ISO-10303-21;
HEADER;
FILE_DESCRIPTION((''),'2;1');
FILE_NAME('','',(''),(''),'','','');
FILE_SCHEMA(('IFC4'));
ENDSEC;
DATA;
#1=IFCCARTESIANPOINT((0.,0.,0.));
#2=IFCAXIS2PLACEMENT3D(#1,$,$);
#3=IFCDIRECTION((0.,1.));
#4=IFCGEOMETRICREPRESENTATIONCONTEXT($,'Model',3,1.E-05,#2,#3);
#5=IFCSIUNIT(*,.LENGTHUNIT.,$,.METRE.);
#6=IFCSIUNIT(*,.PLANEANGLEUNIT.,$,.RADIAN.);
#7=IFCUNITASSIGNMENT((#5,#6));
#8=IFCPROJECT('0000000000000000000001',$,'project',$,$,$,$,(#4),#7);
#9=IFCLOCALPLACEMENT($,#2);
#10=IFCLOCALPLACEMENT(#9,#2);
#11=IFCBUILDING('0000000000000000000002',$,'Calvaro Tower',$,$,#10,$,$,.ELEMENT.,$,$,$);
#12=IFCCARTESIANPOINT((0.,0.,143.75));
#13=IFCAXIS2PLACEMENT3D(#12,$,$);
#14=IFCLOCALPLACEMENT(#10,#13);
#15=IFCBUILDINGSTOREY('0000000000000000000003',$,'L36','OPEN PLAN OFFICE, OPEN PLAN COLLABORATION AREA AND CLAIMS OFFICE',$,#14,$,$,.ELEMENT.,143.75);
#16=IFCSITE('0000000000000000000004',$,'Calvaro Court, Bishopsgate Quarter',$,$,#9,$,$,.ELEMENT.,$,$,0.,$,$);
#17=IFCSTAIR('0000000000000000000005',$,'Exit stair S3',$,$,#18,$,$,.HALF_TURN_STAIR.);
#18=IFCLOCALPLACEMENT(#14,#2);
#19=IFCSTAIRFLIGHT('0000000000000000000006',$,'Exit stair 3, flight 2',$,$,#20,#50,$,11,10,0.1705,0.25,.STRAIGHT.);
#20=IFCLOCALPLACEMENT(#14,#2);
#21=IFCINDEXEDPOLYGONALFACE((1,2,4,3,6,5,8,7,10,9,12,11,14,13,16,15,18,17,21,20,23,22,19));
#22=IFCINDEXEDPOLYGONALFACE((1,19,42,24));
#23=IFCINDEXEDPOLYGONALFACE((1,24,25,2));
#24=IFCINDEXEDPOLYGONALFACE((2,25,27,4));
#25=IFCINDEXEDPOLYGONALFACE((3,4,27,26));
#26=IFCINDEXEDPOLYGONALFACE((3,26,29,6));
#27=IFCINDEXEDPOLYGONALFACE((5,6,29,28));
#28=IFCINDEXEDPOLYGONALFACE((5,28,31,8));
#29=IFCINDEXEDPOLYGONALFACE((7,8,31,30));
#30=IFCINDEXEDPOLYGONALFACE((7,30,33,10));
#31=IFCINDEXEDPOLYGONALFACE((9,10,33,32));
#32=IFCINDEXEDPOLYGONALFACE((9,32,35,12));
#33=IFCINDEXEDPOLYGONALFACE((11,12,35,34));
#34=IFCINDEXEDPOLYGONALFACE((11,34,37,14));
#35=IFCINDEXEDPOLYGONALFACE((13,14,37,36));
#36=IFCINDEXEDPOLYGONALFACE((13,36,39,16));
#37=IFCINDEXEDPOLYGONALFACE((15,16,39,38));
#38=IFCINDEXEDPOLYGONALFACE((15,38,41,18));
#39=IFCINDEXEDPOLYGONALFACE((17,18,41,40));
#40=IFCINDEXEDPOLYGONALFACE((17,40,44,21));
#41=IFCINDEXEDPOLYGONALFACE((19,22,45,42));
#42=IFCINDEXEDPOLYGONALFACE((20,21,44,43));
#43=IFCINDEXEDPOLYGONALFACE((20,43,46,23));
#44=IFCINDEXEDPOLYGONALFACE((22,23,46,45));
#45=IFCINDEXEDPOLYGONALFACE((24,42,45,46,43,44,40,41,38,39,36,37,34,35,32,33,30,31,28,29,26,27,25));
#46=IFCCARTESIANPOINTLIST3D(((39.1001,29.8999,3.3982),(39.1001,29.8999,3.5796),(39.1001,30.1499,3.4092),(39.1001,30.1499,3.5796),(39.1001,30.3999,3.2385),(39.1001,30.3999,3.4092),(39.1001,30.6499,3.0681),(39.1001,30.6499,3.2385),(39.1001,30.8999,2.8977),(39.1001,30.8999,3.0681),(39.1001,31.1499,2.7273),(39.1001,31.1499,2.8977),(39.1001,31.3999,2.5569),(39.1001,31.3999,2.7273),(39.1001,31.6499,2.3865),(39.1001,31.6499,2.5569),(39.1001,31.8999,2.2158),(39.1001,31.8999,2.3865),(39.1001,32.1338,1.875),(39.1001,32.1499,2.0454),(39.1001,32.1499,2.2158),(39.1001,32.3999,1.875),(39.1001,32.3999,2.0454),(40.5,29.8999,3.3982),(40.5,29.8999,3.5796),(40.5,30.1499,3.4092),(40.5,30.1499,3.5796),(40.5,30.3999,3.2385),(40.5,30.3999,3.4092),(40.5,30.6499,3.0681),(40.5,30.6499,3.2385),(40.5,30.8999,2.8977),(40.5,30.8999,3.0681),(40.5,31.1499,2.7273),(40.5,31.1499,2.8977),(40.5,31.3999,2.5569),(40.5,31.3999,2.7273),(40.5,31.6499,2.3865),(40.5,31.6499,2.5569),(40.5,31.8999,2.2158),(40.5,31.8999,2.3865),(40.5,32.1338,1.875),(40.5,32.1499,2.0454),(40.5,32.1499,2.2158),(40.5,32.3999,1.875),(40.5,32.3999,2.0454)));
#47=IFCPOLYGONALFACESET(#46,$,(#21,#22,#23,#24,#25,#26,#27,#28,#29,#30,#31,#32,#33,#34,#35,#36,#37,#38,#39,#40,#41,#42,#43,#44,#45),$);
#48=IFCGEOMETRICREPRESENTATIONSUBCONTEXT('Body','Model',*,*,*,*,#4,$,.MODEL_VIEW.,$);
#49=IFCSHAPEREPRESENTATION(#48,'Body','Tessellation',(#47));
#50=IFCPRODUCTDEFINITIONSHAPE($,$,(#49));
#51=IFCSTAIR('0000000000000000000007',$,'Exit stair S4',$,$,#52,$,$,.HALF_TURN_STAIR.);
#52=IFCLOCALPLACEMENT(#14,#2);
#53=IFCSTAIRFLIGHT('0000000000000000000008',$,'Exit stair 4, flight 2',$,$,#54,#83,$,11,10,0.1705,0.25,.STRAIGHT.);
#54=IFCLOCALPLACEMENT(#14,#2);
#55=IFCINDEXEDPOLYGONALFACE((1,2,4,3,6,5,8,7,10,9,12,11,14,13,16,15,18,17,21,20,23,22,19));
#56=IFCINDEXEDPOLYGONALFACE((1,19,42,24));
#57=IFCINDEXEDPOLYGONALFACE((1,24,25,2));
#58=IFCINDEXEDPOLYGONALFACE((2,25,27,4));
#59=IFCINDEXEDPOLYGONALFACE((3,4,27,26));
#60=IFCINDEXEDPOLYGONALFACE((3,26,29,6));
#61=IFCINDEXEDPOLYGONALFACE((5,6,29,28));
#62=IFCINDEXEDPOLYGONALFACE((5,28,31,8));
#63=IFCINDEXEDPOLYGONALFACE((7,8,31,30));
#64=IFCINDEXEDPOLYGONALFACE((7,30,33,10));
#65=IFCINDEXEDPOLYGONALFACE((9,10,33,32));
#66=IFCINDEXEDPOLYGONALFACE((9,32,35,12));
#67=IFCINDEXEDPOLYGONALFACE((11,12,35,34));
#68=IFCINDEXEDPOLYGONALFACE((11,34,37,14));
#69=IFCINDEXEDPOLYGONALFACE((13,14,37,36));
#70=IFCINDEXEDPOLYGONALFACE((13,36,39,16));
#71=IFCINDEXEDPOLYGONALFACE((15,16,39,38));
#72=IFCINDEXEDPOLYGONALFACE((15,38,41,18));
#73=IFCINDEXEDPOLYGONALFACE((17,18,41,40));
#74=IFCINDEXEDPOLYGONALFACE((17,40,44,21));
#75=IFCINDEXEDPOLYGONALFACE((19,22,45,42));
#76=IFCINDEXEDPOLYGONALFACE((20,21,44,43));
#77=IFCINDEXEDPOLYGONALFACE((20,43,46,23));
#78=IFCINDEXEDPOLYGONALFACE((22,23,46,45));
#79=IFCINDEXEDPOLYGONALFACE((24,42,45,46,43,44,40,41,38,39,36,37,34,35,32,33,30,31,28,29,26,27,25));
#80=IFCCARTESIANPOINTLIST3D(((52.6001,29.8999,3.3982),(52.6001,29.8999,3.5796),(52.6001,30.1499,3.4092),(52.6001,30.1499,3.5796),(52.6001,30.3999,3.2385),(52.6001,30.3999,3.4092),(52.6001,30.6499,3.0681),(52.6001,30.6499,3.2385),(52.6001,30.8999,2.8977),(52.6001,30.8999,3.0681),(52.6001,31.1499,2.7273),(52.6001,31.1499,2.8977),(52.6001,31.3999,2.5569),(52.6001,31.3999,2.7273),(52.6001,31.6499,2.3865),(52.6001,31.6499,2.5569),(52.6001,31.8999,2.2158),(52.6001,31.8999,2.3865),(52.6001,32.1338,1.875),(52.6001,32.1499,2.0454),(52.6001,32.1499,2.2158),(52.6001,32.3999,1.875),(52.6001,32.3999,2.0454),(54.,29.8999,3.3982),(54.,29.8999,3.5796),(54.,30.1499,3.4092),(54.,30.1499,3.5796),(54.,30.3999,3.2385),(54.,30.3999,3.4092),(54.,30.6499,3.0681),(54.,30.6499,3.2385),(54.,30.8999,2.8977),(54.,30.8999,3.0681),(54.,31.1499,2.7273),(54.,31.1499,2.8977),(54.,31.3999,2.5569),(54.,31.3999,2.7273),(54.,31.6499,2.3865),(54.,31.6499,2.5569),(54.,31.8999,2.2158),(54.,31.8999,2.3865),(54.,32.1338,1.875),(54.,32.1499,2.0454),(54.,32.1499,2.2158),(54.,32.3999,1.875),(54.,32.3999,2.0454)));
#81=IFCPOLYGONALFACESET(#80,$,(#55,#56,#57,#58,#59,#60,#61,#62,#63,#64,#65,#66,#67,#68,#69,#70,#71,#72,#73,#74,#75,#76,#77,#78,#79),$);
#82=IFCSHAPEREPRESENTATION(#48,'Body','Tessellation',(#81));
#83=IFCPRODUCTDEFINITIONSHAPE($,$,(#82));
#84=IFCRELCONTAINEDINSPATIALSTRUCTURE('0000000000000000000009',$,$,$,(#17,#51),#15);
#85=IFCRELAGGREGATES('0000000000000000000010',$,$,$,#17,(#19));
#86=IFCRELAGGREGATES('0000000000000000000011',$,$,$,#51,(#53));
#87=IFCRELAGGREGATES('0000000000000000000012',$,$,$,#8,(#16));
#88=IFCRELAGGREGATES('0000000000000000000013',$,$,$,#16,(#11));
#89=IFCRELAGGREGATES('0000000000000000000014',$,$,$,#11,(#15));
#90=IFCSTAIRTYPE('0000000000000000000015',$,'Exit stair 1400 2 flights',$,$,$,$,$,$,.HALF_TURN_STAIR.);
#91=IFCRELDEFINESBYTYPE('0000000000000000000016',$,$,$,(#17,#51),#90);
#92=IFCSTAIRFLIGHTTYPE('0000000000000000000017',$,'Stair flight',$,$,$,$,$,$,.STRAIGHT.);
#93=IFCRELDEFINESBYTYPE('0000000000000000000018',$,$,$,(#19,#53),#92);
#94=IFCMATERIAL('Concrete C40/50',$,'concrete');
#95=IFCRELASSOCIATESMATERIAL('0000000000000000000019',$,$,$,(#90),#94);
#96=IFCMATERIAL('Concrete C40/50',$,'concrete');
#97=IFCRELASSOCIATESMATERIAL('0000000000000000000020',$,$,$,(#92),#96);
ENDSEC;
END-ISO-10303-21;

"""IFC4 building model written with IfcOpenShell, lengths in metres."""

from ifc_helpers import new_model, si_unit, direction, frame, origin, place, context, subcontext, project, spatial, polyline, outline, extrude, material, type_object, element, aggregate, save


model = new_model("IFC4")

# Units and contexts
model_context = context("Model", 3, precision=1e-05, world=origin(), true_north=direction((0.0, 1.0)))
body_context = subcontext(model_context, "Body", "Model", "MODEL_VIEW")
ifc_project = project(units=[si_unit("LENGTHUNIT", "METRE"), si_unit("PLANEANGLEUNIT", "RADIAN")], contexts=[model_context])

# Site, building, storey
site_placement = place(None, origin())
site = spatial("IfcSite", under=ifc_project, at=site_placement, Name="Calvaro Court, Bishopsgate Quarter", CompositionType="ELEMENT", RefElevation=0.0)
building_placement = place(site_placement, origin())
building = spatial("IfcBuilding", under=site, at=building_placement, Name="Calvaro Tower", CompositionType="ELEMENT")
storey_placement = place(building_placement, frame((0.0, 0.0, 143.75)))
storey = spatial("IfcBuildingStorey", under=building, at=storey_placement, Name="L36", Description="OPEN PLAN OFFICE, OPEN PLAN COLLABORATION AREA AND CLAIMS OFFICE", CompositionType="ELEMENT", Elevation=143.75)

# Stairs, stair flights
ifc_material_1 = material(Name="Concrete C40/50", Category="concrete")
stair_type = type_object("IfcStairType", Name="Exit stair 1400 2 flights", PredefinedType="HALF_TURN_STAIR", material=ifc_material_1)
stair_1_placement = place(storey_placement, origin())
stair_1 = element("IfcStair", 1, at=stair_1_placement, inside=storey, type_object=stair_type, Name="Exit stair S3", PredefinedType="HALF_TURN_STAIR")
ifc_material_2 = material(Name="Concrete C40/50", Category="concrete")
stair_flight_type = type_object("IfcStairFlightType", Name="Stair flight", PredefinedType="STRAIGHT", material=ifc_material_2)
stair_flight_1_placement = place(storey_placement, frame((39.8, 32.3999, 1.875), z_axis=(0.0, 0.0, 1.0), x_axis=(0.0, -1.0, 0.0)))
stair_flight_1 = element("IfcStairFlight", 2, at=stair_flight_1_placement, type_object=stair_flight_type, Name="Exit stair 3, flight 2", NumberOfRisers=11, NumberOfTreads=10, PredefinedType="STRAIGHT", RiserHeight=0.1705, TreadLength=0.25, context=body_context, shape_type="SweptSolid", body=[
    extrude(outline(polyline([(0.0, 0.0), (0.0, 0.1704), (0.25, 0.1704), (0.25, 0.3408), (0.5, 0.3408), (0.5, 0.5115), (0.75, 0.5115), (0.75, 0.6819), (1.0, 0.6819), (1.0, 0.8523), (1.25, 0.8523), (1.25, 1.0227), (1.5, 1.0227), (1.5, 1.1931), (1.75, 1.1931), (1.75, 1.3635), (2.0, 1.3635), (2.0, 1.5342), (2.25, 1.5342), (2.25, 1.7046), (2.5, 1.7046), (2.5, 1.875), (2.5, 1.5232), (0.2661, 0.0), (0.0, 0.0)])), frame((0.0, 0.7, 0.0), z_axis=(0.0, -1.0, 0.0), x_axis=(1.0, 0.0, 0.0)), (0.0, 0.0, 1.0), 1.3999),
])
stair_2_placement = place(storey_placement, origin())
stair_2 = element("IfcStair", 3, at=stair_2_placement, inside=storey, type_object=stair_type, Name="Exit stair S4", PredefinedType="HALF_TURN_STAIR")
stair_flight_2_placement = place(storey_placement, frame((53.3, 32.3999, 1.875), z_axis=(0.0, 0.0, 1.0), x_axis=(0.0, -1.0, 0.0)))
stair_flight_2 = element("IfcStairFlight", 4, at=stair_flight_2_placement, type_object=stair_flight_type, Name="Exit stair 4, flight 2", NumberOfRisers=11, NumberOfTreads=10, PredefinedType="STRAIGHT", RiserHeight=0.1705, TreadLength=0.25, context=body_context, shape_type="SweptSolid", body=[
    extrude(outline(polyline([(0.0, 0.0), (0.0, 0.1704), (0.25, 0.1704), (0.25, 0.3408), (0.5, 0.3408), (0.5, 0.5115), (0.75, 0.5115), (0.75, 0.6819), (1.0, 0.6819), (1.0, 0.8523), (1.25, 0.8523), (1.25, 1.0227), (1.5, 1.0227), (1.5, 1.1931), (1.75, 1.1931), (1.75, 1.3635), (2.0, 1.3635), (2.0, 1.5342), (2.25, 1.5342), (2.25, 1.7046), (2.5, 1.7046), (2.5, 1.875), (2.5, 1.5232), (0.2661, 0.0), (0.0, 0.0)])), frame((0.0, 0.7, 0.0), z_axis=(0.0, -1.0, 0.0), x_axis=(1.0, 0.0, 0.0)), (0.0, 0.0, 1.0), 1.3999),
])

aggregate(stair_1, [stair_flight_1])
aggregate(stair_2, [stair_flight_2])

save(model, "model.ifc")
